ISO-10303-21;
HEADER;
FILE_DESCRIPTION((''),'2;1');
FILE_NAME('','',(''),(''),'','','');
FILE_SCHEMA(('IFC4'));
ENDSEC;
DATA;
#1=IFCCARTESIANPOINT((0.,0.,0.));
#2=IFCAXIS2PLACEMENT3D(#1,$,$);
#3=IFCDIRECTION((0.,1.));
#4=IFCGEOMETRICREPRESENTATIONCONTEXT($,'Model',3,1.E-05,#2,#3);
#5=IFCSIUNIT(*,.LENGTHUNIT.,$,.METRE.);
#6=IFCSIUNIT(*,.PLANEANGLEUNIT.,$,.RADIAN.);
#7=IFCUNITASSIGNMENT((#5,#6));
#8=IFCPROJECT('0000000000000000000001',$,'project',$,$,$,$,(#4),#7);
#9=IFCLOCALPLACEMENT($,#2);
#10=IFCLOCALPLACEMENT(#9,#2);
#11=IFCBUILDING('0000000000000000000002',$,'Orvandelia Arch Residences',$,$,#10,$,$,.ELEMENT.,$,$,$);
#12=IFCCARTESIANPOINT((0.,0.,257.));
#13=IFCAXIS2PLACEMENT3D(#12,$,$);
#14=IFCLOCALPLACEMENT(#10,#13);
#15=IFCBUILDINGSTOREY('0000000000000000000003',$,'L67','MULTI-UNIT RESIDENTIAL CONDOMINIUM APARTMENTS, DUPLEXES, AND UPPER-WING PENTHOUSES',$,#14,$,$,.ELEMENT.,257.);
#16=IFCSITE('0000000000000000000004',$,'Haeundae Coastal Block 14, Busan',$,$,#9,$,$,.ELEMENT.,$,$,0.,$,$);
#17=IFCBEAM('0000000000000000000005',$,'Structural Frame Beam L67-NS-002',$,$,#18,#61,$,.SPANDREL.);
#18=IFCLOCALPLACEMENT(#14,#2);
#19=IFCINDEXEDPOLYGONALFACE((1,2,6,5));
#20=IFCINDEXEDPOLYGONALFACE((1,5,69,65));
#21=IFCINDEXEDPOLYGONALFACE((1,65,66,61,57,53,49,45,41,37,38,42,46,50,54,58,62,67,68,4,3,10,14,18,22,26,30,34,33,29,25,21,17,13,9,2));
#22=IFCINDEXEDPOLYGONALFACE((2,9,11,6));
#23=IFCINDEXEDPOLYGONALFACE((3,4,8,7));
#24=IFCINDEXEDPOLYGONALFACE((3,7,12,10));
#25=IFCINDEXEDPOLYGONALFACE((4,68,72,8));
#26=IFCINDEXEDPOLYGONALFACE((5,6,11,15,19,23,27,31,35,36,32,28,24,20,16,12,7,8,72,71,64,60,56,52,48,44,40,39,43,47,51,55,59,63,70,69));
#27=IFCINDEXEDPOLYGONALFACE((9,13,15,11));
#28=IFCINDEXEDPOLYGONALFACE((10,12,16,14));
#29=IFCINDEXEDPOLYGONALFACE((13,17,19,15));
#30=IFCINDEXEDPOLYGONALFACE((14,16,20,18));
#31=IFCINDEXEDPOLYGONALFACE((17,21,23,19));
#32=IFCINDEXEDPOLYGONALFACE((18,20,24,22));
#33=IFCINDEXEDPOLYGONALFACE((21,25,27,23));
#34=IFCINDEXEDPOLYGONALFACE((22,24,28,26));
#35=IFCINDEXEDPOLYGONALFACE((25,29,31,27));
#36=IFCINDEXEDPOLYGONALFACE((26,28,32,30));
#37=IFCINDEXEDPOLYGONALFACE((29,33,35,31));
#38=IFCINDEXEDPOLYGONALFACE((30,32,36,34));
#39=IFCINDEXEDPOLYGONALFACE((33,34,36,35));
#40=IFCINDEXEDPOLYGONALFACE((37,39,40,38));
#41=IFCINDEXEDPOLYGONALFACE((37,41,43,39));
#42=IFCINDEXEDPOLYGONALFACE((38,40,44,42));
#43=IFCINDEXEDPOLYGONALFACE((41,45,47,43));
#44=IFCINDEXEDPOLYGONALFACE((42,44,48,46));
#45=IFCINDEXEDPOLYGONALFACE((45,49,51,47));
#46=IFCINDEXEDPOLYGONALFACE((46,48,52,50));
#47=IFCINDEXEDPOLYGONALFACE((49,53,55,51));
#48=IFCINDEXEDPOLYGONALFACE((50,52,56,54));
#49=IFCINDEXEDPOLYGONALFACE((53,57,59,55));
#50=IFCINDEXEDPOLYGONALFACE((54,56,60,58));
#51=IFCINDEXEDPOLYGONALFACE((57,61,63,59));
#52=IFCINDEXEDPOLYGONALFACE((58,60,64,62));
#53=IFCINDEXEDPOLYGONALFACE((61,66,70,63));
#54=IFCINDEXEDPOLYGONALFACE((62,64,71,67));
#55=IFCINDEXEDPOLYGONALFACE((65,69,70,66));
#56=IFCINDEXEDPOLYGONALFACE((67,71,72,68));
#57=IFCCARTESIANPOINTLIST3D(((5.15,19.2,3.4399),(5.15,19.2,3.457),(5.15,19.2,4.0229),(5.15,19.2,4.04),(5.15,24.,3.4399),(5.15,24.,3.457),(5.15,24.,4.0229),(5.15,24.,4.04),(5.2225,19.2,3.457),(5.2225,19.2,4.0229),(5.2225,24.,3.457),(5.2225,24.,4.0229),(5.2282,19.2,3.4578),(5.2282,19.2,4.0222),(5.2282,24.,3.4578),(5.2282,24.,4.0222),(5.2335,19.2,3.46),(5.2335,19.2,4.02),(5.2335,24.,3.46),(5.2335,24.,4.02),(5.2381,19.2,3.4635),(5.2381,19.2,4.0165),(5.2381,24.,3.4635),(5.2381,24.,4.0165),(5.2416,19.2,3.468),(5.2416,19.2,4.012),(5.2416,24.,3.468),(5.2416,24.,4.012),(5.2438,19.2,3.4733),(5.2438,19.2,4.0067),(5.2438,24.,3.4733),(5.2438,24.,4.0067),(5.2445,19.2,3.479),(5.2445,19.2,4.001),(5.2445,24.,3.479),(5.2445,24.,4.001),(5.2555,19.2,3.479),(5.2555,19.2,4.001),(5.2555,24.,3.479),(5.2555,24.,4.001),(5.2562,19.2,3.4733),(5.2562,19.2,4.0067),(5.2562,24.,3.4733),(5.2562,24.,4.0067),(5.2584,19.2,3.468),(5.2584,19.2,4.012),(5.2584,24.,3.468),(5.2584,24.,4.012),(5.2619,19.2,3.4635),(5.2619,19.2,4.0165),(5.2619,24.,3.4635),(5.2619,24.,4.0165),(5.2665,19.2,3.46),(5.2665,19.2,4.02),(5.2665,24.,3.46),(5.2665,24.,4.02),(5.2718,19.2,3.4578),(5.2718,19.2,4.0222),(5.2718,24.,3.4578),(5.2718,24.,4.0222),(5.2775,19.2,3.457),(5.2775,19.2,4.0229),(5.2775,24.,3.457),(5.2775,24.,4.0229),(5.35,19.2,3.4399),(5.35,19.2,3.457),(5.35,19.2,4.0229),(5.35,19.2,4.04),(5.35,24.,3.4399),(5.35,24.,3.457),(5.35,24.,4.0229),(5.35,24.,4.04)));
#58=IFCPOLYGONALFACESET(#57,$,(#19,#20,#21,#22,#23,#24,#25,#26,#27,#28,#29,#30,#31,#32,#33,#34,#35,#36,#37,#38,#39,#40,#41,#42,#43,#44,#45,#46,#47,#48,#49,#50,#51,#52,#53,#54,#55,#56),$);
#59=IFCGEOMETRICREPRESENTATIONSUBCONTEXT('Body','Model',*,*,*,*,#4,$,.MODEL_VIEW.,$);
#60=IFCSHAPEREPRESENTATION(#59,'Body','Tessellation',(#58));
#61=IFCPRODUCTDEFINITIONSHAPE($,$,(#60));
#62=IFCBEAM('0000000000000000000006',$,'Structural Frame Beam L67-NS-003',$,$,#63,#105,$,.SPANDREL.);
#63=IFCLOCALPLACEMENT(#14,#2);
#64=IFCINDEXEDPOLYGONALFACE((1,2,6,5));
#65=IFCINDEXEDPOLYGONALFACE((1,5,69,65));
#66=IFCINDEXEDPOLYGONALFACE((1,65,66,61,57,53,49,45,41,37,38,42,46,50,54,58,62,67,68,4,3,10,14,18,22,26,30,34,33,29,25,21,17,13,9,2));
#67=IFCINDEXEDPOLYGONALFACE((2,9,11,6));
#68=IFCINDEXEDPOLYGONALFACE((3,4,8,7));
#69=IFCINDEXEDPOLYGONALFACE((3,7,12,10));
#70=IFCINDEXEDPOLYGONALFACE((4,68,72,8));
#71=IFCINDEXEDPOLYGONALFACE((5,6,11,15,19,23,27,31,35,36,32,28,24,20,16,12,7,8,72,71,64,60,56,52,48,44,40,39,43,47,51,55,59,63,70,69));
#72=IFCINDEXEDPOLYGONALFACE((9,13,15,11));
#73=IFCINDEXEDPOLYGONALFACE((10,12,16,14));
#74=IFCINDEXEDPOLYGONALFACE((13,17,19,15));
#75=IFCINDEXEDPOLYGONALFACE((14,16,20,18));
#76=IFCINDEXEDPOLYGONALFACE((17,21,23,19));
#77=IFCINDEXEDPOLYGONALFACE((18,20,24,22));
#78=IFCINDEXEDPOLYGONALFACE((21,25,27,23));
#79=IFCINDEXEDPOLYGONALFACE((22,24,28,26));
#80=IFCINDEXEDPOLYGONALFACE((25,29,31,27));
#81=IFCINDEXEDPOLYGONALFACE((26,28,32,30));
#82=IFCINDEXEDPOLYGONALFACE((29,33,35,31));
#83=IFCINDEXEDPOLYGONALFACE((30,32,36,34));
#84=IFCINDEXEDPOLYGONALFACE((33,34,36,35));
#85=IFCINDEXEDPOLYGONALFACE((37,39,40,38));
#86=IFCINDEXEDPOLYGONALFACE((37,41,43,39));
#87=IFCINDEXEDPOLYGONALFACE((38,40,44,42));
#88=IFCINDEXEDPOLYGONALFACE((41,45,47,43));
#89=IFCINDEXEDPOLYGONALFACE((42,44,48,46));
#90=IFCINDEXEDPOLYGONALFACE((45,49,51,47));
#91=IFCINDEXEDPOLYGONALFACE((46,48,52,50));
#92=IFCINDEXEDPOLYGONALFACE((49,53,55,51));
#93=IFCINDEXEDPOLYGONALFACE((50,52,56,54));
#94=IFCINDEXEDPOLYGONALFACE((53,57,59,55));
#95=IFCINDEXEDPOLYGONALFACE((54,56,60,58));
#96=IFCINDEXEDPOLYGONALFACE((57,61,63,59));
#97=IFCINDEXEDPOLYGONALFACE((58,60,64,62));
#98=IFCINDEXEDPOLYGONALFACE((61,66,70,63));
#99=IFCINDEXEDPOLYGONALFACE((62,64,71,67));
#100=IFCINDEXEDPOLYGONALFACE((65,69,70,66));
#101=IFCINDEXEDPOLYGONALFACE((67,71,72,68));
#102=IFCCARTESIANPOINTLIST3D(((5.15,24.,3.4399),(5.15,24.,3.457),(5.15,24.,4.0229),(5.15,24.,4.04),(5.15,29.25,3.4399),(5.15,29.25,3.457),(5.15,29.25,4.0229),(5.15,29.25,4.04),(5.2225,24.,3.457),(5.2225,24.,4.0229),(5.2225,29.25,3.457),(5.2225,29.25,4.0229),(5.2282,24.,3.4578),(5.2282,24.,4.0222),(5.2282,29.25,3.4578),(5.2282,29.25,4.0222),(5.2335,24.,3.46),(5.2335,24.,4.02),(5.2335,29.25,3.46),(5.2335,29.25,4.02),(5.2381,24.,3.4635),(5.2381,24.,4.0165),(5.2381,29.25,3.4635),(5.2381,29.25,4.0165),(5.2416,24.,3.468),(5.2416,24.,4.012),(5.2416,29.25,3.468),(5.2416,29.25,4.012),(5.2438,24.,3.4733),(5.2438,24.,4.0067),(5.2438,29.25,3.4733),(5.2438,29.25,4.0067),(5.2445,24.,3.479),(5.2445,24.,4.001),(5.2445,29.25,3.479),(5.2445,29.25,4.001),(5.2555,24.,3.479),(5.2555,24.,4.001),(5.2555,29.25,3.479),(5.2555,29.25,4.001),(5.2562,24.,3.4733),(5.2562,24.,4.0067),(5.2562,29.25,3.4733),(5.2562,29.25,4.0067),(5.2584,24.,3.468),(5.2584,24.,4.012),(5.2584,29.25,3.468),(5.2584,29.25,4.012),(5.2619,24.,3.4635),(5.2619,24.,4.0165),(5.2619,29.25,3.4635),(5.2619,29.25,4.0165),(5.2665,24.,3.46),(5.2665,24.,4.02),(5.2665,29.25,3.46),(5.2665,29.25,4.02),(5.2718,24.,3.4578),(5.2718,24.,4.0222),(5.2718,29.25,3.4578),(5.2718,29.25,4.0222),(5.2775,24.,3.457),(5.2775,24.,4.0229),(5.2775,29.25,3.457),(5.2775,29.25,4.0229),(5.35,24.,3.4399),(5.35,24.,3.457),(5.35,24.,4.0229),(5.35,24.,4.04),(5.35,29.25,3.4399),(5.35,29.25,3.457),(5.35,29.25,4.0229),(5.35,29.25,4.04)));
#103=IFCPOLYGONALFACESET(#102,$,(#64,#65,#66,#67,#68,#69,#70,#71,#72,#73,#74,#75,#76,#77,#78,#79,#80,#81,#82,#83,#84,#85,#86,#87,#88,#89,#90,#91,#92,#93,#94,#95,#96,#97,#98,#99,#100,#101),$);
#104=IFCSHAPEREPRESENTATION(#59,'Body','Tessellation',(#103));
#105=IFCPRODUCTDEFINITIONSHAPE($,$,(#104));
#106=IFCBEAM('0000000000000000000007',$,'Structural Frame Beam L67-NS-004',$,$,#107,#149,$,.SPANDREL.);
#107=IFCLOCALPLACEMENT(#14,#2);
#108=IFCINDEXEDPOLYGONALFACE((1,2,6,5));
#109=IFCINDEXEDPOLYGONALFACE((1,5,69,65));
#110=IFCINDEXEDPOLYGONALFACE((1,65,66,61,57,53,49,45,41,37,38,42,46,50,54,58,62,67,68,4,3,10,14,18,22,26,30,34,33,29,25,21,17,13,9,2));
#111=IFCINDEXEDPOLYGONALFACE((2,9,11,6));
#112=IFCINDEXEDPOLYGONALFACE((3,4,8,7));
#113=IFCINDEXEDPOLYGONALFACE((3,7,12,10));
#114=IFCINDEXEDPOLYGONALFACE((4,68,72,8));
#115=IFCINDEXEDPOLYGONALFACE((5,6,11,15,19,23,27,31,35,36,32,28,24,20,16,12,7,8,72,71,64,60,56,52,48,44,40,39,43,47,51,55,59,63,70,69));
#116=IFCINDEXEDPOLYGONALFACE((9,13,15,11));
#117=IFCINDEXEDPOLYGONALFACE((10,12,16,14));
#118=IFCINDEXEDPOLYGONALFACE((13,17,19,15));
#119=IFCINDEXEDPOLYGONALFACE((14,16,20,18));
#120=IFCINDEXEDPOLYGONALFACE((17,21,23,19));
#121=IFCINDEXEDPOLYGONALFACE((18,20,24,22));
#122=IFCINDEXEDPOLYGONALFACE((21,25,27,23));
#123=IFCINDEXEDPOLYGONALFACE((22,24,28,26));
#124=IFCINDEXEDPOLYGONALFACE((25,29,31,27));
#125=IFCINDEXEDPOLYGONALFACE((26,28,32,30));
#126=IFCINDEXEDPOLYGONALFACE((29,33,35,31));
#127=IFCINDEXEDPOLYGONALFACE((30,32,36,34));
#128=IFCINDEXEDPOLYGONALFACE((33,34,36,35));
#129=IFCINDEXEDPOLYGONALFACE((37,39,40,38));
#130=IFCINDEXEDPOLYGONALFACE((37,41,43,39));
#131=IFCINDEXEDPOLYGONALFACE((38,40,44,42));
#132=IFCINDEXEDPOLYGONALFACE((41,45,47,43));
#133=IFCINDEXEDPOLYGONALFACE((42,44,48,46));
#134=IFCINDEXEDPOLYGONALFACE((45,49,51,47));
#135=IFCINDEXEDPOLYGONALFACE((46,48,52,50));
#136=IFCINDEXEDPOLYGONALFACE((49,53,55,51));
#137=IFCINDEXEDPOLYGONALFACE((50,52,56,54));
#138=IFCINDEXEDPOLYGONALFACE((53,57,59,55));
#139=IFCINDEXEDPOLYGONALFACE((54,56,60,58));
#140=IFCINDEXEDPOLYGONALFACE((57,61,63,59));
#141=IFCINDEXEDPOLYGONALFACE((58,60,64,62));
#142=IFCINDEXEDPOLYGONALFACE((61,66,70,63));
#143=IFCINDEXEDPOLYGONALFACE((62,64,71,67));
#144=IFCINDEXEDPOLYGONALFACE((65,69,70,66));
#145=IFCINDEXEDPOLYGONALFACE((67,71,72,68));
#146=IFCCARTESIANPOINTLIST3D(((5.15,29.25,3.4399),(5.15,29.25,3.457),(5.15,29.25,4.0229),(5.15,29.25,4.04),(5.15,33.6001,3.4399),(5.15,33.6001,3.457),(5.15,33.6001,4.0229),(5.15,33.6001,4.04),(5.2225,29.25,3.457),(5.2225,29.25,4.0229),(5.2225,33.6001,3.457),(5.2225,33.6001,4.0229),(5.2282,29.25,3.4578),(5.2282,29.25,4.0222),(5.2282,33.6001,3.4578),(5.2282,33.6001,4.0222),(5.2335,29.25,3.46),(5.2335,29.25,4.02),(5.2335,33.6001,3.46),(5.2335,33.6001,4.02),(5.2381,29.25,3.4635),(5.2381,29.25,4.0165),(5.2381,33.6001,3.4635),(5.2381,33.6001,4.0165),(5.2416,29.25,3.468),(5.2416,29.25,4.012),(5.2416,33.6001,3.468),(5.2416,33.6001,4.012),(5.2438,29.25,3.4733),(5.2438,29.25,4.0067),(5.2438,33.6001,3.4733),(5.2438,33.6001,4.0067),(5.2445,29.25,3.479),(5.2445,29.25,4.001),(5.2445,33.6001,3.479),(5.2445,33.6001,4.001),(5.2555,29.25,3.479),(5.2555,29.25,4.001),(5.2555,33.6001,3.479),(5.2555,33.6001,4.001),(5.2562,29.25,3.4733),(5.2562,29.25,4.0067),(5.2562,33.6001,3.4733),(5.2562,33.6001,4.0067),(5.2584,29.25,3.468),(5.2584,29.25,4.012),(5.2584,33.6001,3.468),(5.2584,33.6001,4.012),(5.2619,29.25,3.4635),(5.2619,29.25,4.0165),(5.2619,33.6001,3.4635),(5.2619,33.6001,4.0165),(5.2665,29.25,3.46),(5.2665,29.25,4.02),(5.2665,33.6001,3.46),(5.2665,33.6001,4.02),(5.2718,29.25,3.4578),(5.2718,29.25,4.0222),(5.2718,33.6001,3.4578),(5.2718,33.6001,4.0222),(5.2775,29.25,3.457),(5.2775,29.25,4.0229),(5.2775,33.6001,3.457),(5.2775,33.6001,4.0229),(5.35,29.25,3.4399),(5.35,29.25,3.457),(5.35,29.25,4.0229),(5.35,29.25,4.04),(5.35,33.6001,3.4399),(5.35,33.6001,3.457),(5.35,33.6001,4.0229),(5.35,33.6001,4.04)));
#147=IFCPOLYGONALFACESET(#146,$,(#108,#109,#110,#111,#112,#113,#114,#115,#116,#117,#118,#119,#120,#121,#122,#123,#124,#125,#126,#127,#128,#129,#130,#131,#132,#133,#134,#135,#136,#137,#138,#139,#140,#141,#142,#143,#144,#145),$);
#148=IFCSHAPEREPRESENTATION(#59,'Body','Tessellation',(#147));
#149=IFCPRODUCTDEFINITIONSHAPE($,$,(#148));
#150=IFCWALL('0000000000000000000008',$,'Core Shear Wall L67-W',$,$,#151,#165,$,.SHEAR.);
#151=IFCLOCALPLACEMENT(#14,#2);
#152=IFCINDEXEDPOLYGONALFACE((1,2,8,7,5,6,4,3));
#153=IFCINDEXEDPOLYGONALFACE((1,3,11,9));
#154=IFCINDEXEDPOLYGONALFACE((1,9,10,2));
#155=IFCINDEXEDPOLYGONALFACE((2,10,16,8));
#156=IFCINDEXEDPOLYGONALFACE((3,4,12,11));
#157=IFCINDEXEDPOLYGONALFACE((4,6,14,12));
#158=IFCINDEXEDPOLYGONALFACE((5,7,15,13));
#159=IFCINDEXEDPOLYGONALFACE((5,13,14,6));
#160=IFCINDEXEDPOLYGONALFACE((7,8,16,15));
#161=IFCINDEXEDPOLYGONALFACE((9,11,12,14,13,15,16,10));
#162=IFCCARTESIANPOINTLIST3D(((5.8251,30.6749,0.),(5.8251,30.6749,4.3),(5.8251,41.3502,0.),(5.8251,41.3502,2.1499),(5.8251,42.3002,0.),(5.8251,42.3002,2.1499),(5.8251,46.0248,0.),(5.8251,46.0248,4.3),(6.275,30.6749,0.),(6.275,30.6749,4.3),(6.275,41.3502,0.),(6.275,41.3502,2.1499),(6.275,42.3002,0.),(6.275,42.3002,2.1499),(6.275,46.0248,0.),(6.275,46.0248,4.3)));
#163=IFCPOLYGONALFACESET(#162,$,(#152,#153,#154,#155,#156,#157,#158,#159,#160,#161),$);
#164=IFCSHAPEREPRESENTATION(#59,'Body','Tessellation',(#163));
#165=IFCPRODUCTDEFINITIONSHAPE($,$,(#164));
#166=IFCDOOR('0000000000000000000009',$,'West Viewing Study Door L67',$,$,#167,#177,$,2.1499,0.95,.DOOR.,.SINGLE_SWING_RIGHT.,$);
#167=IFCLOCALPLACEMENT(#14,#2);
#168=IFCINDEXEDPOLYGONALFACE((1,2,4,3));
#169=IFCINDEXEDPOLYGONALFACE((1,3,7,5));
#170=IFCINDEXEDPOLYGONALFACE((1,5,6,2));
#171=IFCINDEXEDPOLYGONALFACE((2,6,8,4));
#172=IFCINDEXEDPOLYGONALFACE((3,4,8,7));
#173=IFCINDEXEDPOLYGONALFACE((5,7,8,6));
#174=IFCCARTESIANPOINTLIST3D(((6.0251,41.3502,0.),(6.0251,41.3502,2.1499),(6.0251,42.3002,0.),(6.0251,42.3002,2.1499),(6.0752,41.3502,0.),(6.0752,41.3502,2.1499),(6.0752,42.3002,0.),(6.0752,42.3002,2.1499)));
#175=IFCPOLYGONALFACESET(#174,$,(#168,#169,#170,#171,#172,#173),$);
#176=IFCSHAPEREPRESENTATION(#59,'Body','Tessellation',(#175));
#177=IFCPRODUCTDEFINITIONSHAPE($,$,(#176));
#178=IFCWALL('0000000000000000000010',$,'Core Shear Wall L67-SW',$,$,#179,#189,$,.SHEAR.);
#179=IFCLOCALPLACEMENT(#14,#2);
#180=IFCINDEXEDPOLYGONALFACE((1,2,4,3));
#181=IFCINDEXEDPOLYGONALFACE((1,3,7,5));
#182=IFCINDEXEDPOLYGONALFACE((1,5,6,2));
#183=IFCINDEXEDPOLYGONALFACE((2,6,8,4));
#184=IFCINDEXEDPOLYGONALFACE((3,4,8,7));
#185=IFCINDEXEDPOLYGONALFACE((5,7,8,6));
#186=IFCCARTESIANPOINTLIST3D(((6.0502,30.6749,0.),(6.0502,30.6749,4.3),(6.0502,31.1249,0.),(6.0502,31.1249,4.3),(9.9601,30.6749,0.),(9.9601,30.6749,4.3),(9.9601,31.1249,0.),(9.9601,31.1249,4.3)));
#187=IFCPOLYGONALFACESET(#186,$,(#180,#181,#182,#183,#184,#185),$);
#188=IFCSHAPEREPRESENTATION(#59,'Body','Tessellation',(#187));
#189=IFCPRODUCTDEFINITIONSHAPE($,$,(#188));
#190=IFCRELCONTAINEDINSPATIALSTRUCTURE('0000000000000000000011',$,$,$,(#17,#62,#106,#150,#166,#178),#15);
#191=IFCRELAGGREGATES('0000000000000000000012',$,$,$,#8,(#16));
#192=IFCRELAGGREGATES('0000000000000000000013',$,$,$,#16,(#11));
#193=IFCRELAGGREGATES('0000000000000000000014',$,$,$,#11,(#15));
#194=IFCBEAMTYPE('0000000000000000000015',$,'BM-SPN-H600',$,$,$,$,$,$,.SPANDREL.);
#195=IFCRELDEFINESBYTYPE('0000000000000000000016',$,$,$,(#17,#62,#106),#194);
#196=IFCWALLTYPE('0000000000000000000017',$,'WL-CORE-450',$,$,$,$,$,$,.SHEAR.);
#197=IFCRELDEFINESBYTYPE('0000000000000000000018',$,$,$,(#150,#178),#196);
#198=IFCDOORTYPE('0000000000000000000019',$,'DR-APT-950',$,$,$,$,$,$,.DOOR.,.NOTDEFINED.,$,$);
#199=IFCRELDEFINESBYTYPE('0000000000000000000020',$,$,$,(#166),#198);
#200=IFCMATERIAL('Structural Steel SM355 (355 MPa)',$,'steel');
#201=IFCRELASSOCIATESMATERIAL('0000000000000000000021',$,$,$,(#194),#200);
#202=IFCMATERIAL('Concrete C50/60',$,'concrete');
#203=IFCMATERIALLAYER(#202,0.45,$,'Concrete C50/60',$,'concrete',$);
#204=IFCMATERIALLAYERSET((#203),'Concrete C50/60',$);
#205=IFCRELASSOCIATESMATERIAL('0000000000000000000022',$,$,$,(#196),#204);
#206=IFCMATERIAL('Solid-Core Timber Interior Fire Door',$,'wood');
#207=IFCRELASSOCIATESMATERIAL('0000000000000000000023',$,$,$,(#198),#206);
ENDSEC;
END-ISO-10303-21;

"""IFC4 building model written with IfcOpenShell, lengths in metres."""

from ifc_helpers import new_model, si_unit, direction, frame, frame_2d, origin, origin_2d, place, context, subcontext, project, spatial, rectangle, i_section, extrude, material, layer, layer_set, material_profile, profile_set, type_object, element, fill, save


model = new_model("IFC4")

# Units and contexts
model_context = context("Model", 3, precision=1e-05, world=origin(), true_north=direction((0.0, 1.0)))
body_context = subcontext(model_context, "Body", "Model", "MODEL_VIEW")
ifc_project = project(units=[si_unit("LENGTHUNIT", "METRE"), si_unit("PLANEANGLEUNIT", "RADIAN")], contexts=[model_context])

# Site, building, storey
site_placement = place(None, origin())
site = spatial("IfcSite", under=ifc_project, at=site_placement, Name="Haeundae Coastal Block 14, Busan", CompositionType="ELEMENT", RefElevation=0.0)
building_placement = place(site_placement, origin())
building = spatial("IfcBuilding", under=site, at=building_placement, Name="Orvandelia Arch Residences", CompositionType="ELEMENT")
storey_placement = place(building_placement, frame((0.0, 0.0, 257.0)))
storey = spatial("IfcBuildingStorey", under=building, at=storey_placement, Name="L67", Description="MULTI-UNIT RESIDENTIAL CONDOMINIUM APARTMENTS, DUPLEXES, AND UPPER-WING PENTHOUSES", CompositionType="ELEMENT", Elevation=257.0)

# Shared definitions
ifc_material_1 = material(Name="Concrete C50/60", Category="concrete")

# Beams
ifc_material_2 = material(Name="Structural Steel SM355 (355 MPa)", Category="steel")
ifc_material_profile_1 = material_profile(ifc_material_2, i_section(OverallWidth=0.2, OverallDepth=0.6001, WebThickness=0.011, FlangeThickness=0.0171, FilletRadius=0.022, at=origin_2d()), Name="Structural Steel SM355 (355 MPa)", Category="steel")
ifc_profile_set_1 = profile_set([ifc_material_profile_1], Name="Structural Steel SM355 (355 MPa)")
beam_type_1 = type_object("IfcBeamType", Name="BM-SPN-H600", PredefinedType="SPANDREL", material=ifc_profile_set_1)
beam_1_placement = place(storey_placement, frame((5.25, 19.2, 3.74), z_axis=(0.0, 1.0, 0.0), x_axis=(-1.0, 0.0, 0.0)))
element("IfcBeam", 1, at=beam_1_placement, inside=storey, type_object=beam_type_1, Name="Structural Frame Beam L67-NS-002", PredefinedType="SPANDREL", context=body_context, shape_type="SweptSolid", body=[
    extrude(i_section(OverallWidth=0.2, OverallDepth=0.6001, WebThickness=0.011, FlangeThickness=0.0171, FilletRadius=0.022, at=origin_2d()), origin(), (0.0, 0.0, 1.0), 4.8),
])
beam_2_placement = place(storey_placement, frame((5.25, 24.0, 3.74), z_axis=(0.0, 1.0, 0.0), x_axis=(-1.0, 0.0, 0.0)))
element("IfcBeam", 2, at=beam_2_placement, inside=storey, type_object=beam_type_1, Name="Structural Frame Beam L67-NS-003", PredefinedType="SPANDREL", context=body_context, shape_type="SweptSolid", body=[
    extrude(i_section(OverallWidth=0.2, OverallDepth=0.6001, WebThickness=0.011, FlangeThickness=0.0171, FilletRadius=0.022, at=origin_2d()), origin(), (0.0, 0.0, 1.0), 5.25),
])
beam_3_placement = place(storey_placement, frame((5.25, 29.25, 3.74), z_axis=(0.0, 1.0, 0.0), x_axis=(-1.0, 0.0, 0.0)))
element("IfcBeam", 3, at=beam_3_placement, inside=storey, type_object=beam_type_1, Name="Structural Frame Beam L67-NS-004", PredefinedType="SPANDREL", context=body_context, shape_type="SweptSolid", body=[
    extrude(i_section(OverallWidth=0.2, OverallDepth=0.6001, WebThickness=0.011, FlangeThickness=0.0171, FilletRadius=0.022, at=origin_2d()), origin(), (0.0, 0.0, 1.0), 4.3501),
])

# Wall, opening, door
ifc_layer_1 = layer(ifc_material_1, 0.45, Name="Concrete C50/60", Category="concrete")
ifc_layer_set_1 = layer_set([ifc_layer_1], Name="Concrete C50/60")
wall_type_1 = type_object("IfcWallType", Name="WL-CORE-450", PredefinedType="SHEAR", material=ifc_layer_set_1)
wall_1_placement = place(storey_placement, frame((6.05, 30.675, 0.0), z_axis=(0.0, 0.0, 1.0), x_axis=(0.0, 1.0, 0.0)))
wall_1 = element("IfcWall", 4, at=wall_1_placement, inside=storey, type_object=wall_type_1, Name="Core Shear Wall L67-W", PredefinedType="SHEAR", context=body_context, shape_type="SweptSolid", body=[
    extrude(rectangle(XDim=15.3499, YDim=0.45, at=frame_2d((7.6748, 0.0))), origin(), (0.0, 0.0, 1.0), 4.3),
])
opening_1_placement = place(wall_1_placement, frame((10.675, 0.0, 0.0)))
opening_1 = element("IfcOpeningElement", 5, at=opening_1_placement, cuts=wall_1, PredefinedType="OPENING", context=body_context, shape_type="SweptSolid", body=[
    extrude(rectangle(XDim=0.95, YDim=2.1499, at=frame_2d((0.4751, 1.075))), frame((0.0, 0.2349, 0.0), z_axis=(0.0, -1.0, 0.0), x_axis=(1.0, 0.0, 0.0)), (0.0, 0.0, 1.0), 0.47),
])
ifc_material_3 = material(Name="Solid-Core Timber Interior Fire Door", Category="wood")
door_type_1 = type_object("IfcDoorType", Name="DR-APT-950", OperationType="NOTDEFINED", PredefinedType="DOOR", material=ifc_material_3)
door_1_placement = place(opening_1_placement, origin())
door_1 = element("IfcDoor", 6, at=door_1_placement, inside=storey, type_object=door_type_1, Name="West Viewing Study Door L67", OperationType="SINGLE_SWING_RIGHT", OverallHeight=2.1499, OverallWidth=0.95, PredefinedType="DOOR", context=body_context, shape_type="SweptSolid", body=[
    extrude(rectangle(XDim=0.95, YDim=2.1499, at=frame_2d((0.4751, 1.075))), frame((0.0, 0.0249, 0.0), z_axis=(0.0, -1.0, 0.0), x_axis=(1.0, 0.0, 0.0)), (0.0, 0.0, 1.0), 0.05),
])
fill(opening_1, door_1)

# Wall
wall_2_placement = place(storey_placement, frame((6.05, 30.8999, 0.0), z_axis=(0.0, 0.0, 1.0), x_axis=(1.0, 0.0, 0.0)))
element("IfcWall", 7, at=wall_2_placement, inside=storey, type_object=wall_type_1, Name="Core Shear Wall L67-SW", PredefinedType="SHEAR", context=body_context, shape_type="SweptSolid", body=[
    extrude(rectangle(XDim=3.9099, YDim=0.45, at=frame_2d((1.9551, 0.0))), origin(), (0.0, 0.0, 1.0), 4.3),
])

save(model, "model.ifc")
